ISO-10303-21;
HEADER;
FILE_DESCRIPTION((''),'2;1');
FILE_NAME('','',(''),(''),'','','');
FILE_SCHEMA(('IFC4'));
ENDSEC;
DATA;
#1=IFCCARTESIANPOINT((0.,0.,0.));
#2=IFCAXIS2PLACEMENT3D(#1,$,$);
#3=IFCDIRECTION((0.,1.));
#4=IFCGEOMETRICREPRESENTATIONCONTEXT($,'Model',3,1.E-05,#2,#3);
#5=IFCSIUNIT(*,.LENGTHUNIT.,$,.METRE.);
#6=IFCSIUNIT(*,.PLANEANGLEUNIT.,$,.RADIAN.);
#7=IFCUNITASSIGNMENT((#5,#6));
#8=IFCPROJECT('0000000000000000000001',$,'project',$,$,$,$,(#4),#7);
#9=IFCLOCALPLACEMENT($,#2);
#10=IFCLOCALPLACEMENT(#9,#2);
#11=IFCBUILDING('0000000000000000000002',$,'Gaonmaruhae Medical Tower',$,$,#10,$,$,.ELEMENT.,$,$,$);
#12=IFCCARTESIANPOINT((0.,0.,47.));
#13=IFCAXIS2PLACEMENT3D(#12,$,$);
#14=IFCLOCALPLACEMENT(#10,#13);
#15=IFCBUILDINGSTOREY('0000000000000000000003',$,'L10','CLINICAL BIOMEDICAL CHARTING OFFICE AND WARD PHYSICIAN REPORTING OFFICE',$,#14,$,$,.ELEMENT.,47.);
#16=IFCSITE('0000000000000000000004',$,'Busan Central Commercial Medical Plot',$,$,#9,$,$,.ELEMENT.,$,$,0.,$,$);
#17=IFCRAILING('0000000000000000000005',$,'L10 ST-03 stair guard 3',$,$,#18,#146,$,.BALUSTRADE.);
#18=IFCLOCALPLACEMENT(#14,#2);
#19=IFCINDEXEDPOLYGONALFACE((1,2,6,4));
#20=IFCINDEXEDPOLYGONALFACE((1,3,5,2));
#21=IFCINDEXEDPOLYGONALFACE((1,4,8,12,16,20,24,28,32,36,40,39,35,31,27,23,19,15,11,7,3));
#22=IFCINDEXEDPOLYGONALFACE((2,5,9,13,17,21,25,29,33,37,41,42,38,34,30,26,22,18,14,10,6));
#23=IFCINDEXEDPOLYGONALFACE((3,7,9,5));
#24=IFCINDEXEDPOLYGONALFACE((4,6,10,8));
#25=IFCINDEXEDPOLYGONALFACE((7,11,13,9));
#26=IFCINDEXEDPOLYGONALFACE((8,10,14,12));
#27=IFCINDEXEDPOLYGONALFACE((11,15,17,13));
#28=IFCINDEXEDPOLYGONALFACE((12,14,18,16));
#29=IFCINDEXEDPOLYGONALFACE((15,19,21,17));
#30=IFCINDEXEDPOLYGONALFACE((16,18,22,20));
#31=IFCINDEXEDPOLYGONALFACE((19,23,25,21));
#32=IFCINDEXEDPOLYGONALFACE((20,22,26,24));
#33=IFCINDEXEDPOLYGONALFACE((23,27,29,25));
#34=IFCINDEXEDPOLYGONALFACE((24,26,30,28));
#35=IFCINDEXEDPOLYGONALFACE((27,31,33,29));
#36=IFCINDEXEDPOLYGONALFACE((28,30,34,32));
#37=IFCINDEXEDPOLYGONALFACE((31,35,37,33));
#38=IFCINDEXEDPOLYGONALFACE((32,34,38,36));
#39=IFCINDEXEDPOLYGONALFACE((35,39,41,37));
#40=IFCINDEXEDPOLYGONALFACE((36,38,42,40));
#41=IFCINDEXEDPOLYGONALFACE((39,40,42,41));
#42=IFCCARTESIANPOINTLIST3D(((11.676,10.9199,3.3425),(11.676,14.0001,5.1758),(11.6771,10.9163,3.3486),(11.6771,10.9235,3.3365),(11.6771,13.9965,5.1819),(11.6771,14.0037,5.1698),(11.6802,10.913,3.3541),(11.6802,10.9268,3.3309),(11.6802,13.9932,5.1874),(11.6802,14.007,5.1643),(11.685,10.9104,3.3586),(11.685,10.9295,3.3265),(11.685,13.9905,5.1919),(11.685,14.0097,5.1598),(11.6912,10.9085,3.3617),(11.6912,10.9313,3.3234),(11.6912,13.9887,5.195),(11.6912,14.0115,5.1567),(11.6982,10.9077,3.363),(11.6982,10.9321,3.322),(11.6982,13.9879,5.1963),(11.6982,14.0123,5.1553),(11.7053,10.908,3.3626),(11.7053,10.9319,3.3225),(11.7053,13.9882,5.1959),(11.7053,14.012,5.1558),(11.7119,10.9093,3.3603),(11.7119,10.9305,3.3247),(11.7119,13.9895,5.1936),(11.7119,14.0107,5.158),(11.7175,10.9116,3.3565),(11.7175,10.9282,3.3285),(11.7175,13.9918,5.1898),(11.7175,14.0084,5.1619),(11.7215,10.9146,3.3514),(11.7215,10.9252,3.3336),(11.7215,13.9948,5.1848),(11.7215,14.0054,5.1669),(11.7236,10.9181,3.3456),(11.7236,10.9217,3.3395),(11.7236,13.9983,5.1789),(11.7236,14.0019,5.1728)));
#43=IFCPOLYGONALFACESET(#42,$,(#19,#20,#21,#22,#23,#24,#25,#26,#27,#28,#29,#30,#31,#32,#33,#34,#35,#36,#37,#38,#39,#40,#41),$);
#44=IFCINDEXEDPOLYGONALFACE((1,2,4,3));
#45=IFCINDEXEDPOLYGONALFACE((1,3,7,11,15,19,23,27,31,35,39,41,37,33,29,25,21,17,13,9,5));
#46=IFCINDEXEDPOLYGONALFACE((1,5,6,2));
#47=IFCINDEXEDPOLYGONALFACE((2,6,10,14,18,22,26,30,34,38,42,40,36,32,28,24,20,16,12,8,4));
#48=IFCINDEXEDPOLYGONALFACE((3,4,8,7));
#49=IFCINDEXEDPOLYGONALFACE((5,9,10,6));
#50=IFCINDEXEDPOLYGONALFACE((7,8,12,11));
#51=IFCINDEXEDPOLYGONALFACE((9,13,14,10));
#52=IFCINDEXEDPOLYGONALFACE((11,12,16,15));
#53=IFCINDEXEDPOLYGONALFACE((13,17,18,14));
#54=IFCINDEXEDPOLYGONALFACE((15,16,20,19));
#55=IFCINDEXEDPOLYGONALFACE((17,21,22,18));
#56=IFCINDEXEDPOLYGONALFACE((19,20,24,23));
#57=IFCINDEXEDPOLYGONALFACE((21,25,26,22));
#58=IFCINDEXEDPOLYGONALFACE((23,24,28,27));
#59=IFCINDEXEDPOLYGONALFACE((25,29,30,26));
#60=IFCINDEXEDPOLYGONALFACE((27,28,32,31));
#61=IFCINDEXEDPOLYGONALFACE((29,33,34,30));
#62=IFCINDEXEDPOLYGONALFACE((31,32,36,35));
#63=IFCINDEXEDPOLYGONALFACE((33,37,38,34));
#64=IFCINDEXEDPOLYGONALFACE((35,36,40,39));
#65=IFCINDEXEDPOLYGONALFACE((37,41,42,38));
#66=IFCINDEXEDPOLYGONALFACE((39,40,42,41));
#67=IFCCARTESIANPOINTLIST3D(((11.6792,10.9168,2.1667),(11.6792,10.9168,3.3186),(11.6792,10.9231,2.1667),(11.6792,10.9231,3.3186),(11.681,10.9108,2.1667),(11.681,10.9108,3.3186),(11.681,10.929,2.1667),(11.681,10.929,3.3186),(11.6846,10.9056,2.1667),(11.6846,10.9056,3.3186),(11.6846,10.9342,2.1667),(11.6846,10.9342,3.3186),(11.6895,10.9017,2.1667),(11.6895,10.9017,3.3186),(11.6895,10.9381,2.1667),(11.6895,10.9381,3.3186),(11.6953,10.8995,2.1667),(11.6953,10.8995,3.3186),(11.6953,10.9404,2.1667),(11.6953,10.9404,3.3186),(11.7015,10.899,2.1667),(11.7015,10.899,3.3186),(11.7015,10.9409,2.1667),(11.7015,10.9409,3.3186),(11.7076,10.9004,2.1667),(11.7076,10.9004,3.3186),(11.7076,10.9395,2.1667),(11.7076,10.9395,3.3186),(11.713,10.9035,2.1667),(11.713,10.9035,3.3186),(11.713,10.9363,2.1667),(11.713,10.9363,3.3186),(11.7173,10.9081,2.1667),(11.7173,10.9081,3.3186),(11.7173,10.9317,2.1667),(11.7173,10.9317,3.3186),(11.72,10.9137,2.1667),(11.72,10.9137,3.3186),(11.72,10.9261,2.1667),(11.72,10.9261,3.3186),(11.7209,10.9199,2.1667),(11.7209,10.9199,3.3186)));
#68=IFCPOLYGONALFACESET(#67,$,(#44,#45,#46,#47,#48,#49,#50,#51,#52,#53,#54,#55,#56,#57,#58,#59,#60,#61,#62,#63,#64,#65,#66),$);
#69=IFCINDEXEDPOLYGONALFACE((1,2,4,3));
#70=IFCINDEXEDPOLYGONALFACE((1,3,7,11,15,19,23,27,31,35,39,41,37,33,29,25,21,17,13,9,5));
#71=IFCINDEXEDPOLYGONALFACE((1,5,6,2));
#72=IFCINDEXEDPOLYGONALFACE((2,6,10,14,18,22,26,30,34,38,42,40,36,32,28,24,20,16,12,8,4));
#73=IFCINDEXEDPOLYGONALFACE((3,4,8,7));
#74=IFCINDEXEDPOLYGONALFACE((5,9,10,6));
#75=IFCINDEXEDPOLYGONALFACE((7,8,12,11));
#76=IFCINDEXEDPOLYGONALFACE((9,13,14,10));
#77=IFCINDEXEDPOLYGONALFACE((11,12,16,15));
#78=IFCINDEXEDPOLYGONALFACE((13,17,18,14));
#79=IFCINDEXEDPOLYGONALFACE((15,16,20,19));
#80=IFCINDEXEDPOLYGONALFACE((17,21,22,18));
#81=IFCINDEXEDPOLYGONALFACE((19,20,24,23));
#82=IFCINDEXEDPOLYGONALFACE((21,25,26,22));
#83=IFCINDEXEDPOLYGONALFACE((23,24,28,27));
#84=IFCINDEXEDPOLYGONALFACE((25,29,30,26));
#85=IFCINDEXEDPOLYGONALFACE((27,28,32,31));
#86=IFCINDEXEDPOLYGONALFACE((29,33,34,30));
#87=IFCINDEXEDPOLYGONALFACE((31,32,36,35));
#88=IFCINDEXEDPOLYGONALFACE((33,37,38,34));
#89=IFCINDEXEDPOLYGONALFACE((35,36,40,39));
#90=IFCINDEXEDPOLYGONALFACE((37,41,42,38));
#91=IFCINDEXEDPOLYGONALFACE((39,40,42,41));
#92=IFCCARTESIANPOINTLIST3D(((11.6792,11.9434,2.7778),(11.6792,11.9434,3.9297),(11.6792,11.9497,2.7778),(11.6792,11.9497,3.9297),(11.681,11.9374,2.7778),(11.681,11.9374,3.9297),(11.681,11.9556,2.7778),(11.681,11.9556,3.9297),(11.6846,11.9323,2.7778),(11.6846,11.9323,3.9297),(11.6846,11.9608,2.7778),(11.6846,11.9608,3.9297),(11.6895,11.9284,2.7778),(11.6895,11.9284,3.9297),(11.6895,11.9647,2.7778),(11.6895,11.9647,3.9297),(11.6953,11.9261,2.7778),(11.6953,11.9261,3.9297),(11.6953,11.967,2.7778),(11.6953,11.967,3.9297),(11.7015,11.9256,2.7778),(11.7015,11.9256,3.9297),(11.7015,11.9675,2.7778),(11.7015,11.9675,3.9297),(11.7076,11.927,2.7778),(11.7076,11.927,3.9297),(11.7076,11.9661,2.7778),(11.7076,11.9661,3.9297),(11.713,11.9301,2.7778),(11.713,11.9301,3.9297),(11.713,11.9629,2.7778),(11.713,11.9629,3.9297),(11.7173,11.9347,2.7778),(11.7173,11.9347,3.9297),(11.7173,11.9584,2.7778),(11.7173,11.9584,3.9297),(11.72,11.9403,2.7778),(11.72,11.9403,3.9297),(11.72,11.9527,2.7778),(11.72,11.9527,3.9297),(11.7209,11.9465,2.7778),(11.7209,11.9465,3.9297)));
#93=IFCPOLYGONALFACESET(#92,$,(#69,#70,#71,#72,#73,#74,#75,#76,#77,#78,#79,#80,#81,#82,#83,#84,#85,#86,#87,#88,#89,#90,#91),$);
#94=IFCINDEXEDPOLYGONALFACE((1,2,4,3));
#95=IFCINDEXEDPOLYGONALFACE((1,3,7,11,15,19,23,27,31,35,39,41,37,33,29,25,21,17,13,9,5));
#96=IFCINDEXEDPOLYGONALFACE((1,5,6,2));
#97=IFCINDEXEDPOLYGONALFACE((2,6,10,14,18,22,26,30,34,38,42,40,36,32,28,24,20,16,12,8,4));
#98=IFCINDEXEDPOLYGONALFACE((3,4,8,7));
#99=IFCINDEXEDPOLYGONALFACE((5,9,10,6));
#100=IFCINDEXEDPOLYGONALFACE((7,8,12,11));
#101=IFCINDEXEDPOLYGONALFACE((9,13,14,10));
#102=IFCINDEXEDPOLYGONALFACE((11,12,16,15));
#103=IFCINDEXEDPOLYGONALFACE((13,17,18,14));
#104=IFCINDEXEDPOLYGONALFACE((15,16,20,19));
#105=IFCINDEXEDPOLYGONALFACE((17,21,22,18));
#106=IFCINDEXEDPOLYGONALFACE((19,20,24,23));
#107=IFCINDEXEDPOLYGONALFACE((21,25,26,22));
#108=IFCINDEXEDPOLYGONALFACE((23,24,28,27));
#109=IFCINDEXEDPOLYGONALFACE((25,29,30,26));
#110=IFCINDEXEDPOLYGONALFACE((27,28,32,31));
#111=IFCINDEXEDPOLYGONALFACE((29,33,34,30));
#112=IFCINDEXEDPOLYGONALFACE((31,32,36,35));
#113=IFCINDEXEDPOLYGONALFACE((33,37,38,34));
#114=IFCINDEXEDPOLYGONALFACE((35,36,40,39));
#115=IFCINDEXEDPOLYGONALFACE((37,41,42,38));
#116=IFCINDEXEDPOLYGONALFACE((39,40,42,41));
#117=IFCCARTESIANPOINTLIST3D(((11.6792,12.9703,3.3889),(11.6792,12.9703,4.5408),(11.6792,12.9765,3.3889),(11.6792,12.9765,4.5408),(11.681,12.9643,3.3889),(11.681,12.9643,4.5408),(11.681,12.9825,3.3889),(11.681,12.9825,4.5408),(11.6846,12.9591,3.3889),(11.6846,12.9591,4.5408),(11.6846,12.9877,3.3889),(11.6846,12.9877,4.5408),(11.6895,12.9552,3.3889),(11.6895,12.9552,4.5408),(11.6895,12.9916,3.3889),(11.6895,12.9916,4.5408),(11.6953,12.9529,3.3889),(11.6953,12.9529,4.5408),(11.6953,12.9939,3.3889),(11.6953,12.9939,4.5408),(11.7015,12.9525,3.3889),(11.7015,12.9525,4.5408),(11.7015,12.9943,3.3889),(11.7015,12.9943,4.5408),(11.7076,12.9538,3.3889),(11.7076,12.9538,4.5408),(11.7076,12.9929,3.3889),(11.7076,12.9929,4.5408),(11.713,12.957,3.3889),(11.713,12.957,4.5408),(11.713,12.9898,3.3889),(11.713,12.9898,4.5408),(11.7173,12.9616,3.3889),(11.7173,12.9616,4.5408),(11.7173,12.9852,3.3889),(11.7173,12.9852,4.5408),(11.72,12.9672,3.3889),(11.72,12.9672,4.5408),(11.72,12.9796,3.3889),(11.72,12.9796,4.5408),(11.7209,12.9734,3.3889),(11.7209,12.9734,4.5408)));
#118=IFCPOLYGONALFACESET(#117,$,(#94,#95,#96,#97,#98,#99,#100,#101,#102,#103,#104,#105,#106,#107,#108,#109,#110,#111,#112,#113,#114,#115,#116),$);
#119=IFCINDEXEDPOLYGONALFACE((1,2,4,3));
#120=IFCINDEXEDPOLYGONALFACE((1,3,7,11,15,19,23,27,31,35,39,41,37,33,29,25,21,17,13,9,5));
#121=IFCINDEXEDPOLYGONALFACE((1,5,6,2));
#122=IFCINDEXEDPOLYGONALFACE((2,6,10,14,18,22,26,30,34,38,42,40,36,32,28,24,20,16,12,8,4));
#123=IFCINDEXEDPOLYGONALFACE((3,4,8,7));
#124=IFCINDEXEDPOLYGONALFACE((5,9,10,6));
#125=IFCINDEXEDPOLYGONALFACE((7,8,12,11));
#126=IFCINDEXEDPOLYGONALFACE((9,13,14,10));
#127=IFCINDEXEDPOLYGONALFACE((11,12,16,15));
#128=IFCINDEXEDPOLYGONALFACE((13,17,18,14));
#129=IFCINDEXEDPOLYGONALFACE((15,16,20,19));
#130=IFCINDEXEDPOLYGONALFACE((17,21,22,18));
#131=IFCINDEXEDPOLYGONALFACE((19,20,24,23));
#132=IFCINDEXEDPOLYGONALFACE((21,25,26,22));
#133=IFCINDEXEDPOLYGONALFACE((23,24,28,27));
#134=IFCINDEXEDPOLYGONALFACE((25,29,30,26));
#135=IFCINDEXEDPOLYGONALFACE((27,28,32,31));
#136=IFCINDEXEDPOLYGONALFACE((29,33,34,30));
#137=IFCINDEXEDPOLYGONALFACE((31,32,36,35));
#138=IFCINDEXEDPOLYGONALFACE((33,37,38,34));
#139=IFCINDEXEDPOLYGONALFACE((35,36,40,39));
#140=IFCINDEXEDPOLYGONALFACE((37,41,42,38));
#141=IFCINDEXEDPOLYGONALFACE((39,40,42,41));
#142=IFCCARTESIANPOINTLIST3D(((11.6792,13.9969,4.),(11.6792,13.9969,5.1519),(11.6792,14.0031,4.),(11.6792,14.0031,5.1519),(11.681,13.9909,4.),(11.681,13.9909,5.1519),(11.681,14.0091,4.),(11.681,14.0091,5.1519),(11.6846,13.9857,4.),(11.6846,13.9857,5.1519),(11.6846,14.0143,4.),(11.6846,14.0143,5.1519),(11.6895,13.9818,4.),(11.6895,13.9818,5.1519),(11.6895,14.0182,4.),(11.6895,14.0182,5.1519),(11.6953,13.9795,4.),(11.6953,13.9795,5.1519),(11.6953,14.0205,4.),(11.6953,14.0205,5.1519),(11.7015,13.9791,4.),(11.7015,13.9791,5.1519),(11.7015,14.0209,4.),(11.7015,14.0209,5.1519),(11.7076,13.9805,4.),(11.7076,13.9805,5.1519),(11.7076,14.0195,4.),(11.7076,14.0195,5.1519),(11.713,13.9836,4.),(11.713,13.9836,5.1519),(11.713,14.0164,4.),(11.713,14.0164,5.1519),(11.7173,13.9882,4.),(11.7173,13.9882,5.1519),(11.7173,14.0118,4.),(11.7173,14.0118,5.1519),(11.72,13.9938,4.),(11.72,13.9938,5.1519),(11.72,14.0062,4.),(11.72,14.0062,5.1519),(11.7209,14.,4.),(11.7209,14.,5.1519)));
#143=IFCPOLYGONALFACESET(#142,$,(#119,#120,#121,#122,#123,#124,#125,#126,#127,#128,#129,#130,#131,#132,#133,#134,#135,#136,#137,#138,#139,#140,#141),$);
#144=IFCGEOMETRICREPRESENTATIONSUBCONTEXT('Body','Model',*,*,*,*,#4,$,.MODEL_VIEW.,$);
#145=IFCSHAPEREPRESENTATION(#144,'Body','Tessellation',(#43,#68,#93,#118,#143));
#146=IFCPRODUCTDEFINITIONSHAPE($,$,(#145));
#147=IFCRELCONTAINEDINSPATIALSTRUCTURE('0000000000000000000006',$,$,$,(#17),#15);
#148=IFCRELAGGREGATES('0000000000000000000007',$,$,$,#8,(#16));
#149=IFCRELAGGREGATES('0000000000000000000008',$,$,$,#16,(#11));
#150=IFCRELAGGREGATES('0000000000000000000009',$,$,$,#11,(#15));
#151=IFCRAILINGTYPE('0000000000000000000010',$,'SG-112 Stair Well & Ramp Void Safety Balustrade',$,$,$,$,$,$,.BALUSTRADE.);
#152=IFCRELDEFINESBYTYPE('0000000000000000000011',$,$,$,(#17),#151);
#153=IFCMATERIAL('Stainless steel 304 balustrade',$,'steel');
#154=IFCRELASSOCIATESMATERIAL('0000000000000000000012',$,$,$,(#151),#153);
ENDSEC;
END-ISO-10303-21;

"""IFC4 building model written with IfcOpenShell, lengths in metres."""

from ifc_helpers import new_model, si_unit, direction, frame, origin, origin_2d, place, context, subcontext, project, spatial, circle, extrude, material, type_object, element, save


model = new_model("IFC4")

# Units and contexts
model_context = context("Model", 3, precision=1e-05, world=origin(), true_north=direction((0.0, 1.0)))
body_context = subcontext(model_context, "Body", "Model", "MODEL_VIEW")
ifc_project = project(units=[si_unit("LENGTHUNIT", "METRE"), si_unit("PLANEANGLEUNIT", "RADIAN")], contexts=[model_context])

# Site, building, storey
site_placement = place(None, origin())
site = spatial("IfcSite", under=ifc_project, at=site_placement, Name="Busan Central Commercial Medical Plot", CompositionType="ELEMENT", RefElevation=0.0)
building_placement = place(site_placement, origin())
building = spatial("IfcBuilding", under=site, at=building_placement, Name="Gaonmaruhae Medical Tower", CompositionType="ELEMENT")
storey_placement = place(building_placement, frame((0.0, 0.0, 47.0)))
storey = spatial("IfcBuildingStorey", under=building, at=storey_placement, Name="L10", Description="CLINICAL BIOMEDICAL CHARTING OFFICE AND WARD PHYSICIAN REPORTING OFFICE", CompositionType="ELEMENT", Elevation=47.0)

# Railing
ifc_material_1 = material(Name="Stainless steel 304 balustrade", Category="steel")
railing_type_1 = type_object("IfcRailingType", Name="SG-112 Stair Well & Ramp Void Safety Balustrade", PredefinedType="BALUSTRADE", material=ifc_material_1)
railing_1_placement = place(storey_placement, frame((11.7, 10.9199, 2.1667)))
element("IfcRailing", 1, at=railing_1_placement, inside=storey, type_object=railing_type_1, Name="L10 ST-03 stair guard 3", PredefinedType="BALUSTRADE", context=body_context, shape_type="SweptSolid", body=[
    extrude(circle(Radius=0.0239, at=origin_2d()), frame((0.0, 0.0, 1.1758), z_axis=(0.0, 0.859309, 0.511458), x_axis=(-1.0, 0.0, 0.0)), (0.0, 0.0, 1.0), 3.5845),
    extrude(circle(Radius=0.021, at=origin_2d()), origin(), (0.0, 0.0, 1.0), 1.1519),
    extrude(circle(Radius=0.021, at=origin_2d()), frame((0.0, 1.0266, 0.6111)), (0.0, 0.0, 1.0), 1.1519),
    extrude(circle(Radius=0.021, at=origin_2d()), frame((0.0, 2.0535, 1.2222)), (0.0, 0.0, 1.0), 1.1519),
    extrude(circle(Radius=0.021, at=origin_2d()), frame((0.0, 3.0801, 1.8333)), (0.0, 0.0, 1.0), 1.1519),
])

save(model, "model.ifc")
